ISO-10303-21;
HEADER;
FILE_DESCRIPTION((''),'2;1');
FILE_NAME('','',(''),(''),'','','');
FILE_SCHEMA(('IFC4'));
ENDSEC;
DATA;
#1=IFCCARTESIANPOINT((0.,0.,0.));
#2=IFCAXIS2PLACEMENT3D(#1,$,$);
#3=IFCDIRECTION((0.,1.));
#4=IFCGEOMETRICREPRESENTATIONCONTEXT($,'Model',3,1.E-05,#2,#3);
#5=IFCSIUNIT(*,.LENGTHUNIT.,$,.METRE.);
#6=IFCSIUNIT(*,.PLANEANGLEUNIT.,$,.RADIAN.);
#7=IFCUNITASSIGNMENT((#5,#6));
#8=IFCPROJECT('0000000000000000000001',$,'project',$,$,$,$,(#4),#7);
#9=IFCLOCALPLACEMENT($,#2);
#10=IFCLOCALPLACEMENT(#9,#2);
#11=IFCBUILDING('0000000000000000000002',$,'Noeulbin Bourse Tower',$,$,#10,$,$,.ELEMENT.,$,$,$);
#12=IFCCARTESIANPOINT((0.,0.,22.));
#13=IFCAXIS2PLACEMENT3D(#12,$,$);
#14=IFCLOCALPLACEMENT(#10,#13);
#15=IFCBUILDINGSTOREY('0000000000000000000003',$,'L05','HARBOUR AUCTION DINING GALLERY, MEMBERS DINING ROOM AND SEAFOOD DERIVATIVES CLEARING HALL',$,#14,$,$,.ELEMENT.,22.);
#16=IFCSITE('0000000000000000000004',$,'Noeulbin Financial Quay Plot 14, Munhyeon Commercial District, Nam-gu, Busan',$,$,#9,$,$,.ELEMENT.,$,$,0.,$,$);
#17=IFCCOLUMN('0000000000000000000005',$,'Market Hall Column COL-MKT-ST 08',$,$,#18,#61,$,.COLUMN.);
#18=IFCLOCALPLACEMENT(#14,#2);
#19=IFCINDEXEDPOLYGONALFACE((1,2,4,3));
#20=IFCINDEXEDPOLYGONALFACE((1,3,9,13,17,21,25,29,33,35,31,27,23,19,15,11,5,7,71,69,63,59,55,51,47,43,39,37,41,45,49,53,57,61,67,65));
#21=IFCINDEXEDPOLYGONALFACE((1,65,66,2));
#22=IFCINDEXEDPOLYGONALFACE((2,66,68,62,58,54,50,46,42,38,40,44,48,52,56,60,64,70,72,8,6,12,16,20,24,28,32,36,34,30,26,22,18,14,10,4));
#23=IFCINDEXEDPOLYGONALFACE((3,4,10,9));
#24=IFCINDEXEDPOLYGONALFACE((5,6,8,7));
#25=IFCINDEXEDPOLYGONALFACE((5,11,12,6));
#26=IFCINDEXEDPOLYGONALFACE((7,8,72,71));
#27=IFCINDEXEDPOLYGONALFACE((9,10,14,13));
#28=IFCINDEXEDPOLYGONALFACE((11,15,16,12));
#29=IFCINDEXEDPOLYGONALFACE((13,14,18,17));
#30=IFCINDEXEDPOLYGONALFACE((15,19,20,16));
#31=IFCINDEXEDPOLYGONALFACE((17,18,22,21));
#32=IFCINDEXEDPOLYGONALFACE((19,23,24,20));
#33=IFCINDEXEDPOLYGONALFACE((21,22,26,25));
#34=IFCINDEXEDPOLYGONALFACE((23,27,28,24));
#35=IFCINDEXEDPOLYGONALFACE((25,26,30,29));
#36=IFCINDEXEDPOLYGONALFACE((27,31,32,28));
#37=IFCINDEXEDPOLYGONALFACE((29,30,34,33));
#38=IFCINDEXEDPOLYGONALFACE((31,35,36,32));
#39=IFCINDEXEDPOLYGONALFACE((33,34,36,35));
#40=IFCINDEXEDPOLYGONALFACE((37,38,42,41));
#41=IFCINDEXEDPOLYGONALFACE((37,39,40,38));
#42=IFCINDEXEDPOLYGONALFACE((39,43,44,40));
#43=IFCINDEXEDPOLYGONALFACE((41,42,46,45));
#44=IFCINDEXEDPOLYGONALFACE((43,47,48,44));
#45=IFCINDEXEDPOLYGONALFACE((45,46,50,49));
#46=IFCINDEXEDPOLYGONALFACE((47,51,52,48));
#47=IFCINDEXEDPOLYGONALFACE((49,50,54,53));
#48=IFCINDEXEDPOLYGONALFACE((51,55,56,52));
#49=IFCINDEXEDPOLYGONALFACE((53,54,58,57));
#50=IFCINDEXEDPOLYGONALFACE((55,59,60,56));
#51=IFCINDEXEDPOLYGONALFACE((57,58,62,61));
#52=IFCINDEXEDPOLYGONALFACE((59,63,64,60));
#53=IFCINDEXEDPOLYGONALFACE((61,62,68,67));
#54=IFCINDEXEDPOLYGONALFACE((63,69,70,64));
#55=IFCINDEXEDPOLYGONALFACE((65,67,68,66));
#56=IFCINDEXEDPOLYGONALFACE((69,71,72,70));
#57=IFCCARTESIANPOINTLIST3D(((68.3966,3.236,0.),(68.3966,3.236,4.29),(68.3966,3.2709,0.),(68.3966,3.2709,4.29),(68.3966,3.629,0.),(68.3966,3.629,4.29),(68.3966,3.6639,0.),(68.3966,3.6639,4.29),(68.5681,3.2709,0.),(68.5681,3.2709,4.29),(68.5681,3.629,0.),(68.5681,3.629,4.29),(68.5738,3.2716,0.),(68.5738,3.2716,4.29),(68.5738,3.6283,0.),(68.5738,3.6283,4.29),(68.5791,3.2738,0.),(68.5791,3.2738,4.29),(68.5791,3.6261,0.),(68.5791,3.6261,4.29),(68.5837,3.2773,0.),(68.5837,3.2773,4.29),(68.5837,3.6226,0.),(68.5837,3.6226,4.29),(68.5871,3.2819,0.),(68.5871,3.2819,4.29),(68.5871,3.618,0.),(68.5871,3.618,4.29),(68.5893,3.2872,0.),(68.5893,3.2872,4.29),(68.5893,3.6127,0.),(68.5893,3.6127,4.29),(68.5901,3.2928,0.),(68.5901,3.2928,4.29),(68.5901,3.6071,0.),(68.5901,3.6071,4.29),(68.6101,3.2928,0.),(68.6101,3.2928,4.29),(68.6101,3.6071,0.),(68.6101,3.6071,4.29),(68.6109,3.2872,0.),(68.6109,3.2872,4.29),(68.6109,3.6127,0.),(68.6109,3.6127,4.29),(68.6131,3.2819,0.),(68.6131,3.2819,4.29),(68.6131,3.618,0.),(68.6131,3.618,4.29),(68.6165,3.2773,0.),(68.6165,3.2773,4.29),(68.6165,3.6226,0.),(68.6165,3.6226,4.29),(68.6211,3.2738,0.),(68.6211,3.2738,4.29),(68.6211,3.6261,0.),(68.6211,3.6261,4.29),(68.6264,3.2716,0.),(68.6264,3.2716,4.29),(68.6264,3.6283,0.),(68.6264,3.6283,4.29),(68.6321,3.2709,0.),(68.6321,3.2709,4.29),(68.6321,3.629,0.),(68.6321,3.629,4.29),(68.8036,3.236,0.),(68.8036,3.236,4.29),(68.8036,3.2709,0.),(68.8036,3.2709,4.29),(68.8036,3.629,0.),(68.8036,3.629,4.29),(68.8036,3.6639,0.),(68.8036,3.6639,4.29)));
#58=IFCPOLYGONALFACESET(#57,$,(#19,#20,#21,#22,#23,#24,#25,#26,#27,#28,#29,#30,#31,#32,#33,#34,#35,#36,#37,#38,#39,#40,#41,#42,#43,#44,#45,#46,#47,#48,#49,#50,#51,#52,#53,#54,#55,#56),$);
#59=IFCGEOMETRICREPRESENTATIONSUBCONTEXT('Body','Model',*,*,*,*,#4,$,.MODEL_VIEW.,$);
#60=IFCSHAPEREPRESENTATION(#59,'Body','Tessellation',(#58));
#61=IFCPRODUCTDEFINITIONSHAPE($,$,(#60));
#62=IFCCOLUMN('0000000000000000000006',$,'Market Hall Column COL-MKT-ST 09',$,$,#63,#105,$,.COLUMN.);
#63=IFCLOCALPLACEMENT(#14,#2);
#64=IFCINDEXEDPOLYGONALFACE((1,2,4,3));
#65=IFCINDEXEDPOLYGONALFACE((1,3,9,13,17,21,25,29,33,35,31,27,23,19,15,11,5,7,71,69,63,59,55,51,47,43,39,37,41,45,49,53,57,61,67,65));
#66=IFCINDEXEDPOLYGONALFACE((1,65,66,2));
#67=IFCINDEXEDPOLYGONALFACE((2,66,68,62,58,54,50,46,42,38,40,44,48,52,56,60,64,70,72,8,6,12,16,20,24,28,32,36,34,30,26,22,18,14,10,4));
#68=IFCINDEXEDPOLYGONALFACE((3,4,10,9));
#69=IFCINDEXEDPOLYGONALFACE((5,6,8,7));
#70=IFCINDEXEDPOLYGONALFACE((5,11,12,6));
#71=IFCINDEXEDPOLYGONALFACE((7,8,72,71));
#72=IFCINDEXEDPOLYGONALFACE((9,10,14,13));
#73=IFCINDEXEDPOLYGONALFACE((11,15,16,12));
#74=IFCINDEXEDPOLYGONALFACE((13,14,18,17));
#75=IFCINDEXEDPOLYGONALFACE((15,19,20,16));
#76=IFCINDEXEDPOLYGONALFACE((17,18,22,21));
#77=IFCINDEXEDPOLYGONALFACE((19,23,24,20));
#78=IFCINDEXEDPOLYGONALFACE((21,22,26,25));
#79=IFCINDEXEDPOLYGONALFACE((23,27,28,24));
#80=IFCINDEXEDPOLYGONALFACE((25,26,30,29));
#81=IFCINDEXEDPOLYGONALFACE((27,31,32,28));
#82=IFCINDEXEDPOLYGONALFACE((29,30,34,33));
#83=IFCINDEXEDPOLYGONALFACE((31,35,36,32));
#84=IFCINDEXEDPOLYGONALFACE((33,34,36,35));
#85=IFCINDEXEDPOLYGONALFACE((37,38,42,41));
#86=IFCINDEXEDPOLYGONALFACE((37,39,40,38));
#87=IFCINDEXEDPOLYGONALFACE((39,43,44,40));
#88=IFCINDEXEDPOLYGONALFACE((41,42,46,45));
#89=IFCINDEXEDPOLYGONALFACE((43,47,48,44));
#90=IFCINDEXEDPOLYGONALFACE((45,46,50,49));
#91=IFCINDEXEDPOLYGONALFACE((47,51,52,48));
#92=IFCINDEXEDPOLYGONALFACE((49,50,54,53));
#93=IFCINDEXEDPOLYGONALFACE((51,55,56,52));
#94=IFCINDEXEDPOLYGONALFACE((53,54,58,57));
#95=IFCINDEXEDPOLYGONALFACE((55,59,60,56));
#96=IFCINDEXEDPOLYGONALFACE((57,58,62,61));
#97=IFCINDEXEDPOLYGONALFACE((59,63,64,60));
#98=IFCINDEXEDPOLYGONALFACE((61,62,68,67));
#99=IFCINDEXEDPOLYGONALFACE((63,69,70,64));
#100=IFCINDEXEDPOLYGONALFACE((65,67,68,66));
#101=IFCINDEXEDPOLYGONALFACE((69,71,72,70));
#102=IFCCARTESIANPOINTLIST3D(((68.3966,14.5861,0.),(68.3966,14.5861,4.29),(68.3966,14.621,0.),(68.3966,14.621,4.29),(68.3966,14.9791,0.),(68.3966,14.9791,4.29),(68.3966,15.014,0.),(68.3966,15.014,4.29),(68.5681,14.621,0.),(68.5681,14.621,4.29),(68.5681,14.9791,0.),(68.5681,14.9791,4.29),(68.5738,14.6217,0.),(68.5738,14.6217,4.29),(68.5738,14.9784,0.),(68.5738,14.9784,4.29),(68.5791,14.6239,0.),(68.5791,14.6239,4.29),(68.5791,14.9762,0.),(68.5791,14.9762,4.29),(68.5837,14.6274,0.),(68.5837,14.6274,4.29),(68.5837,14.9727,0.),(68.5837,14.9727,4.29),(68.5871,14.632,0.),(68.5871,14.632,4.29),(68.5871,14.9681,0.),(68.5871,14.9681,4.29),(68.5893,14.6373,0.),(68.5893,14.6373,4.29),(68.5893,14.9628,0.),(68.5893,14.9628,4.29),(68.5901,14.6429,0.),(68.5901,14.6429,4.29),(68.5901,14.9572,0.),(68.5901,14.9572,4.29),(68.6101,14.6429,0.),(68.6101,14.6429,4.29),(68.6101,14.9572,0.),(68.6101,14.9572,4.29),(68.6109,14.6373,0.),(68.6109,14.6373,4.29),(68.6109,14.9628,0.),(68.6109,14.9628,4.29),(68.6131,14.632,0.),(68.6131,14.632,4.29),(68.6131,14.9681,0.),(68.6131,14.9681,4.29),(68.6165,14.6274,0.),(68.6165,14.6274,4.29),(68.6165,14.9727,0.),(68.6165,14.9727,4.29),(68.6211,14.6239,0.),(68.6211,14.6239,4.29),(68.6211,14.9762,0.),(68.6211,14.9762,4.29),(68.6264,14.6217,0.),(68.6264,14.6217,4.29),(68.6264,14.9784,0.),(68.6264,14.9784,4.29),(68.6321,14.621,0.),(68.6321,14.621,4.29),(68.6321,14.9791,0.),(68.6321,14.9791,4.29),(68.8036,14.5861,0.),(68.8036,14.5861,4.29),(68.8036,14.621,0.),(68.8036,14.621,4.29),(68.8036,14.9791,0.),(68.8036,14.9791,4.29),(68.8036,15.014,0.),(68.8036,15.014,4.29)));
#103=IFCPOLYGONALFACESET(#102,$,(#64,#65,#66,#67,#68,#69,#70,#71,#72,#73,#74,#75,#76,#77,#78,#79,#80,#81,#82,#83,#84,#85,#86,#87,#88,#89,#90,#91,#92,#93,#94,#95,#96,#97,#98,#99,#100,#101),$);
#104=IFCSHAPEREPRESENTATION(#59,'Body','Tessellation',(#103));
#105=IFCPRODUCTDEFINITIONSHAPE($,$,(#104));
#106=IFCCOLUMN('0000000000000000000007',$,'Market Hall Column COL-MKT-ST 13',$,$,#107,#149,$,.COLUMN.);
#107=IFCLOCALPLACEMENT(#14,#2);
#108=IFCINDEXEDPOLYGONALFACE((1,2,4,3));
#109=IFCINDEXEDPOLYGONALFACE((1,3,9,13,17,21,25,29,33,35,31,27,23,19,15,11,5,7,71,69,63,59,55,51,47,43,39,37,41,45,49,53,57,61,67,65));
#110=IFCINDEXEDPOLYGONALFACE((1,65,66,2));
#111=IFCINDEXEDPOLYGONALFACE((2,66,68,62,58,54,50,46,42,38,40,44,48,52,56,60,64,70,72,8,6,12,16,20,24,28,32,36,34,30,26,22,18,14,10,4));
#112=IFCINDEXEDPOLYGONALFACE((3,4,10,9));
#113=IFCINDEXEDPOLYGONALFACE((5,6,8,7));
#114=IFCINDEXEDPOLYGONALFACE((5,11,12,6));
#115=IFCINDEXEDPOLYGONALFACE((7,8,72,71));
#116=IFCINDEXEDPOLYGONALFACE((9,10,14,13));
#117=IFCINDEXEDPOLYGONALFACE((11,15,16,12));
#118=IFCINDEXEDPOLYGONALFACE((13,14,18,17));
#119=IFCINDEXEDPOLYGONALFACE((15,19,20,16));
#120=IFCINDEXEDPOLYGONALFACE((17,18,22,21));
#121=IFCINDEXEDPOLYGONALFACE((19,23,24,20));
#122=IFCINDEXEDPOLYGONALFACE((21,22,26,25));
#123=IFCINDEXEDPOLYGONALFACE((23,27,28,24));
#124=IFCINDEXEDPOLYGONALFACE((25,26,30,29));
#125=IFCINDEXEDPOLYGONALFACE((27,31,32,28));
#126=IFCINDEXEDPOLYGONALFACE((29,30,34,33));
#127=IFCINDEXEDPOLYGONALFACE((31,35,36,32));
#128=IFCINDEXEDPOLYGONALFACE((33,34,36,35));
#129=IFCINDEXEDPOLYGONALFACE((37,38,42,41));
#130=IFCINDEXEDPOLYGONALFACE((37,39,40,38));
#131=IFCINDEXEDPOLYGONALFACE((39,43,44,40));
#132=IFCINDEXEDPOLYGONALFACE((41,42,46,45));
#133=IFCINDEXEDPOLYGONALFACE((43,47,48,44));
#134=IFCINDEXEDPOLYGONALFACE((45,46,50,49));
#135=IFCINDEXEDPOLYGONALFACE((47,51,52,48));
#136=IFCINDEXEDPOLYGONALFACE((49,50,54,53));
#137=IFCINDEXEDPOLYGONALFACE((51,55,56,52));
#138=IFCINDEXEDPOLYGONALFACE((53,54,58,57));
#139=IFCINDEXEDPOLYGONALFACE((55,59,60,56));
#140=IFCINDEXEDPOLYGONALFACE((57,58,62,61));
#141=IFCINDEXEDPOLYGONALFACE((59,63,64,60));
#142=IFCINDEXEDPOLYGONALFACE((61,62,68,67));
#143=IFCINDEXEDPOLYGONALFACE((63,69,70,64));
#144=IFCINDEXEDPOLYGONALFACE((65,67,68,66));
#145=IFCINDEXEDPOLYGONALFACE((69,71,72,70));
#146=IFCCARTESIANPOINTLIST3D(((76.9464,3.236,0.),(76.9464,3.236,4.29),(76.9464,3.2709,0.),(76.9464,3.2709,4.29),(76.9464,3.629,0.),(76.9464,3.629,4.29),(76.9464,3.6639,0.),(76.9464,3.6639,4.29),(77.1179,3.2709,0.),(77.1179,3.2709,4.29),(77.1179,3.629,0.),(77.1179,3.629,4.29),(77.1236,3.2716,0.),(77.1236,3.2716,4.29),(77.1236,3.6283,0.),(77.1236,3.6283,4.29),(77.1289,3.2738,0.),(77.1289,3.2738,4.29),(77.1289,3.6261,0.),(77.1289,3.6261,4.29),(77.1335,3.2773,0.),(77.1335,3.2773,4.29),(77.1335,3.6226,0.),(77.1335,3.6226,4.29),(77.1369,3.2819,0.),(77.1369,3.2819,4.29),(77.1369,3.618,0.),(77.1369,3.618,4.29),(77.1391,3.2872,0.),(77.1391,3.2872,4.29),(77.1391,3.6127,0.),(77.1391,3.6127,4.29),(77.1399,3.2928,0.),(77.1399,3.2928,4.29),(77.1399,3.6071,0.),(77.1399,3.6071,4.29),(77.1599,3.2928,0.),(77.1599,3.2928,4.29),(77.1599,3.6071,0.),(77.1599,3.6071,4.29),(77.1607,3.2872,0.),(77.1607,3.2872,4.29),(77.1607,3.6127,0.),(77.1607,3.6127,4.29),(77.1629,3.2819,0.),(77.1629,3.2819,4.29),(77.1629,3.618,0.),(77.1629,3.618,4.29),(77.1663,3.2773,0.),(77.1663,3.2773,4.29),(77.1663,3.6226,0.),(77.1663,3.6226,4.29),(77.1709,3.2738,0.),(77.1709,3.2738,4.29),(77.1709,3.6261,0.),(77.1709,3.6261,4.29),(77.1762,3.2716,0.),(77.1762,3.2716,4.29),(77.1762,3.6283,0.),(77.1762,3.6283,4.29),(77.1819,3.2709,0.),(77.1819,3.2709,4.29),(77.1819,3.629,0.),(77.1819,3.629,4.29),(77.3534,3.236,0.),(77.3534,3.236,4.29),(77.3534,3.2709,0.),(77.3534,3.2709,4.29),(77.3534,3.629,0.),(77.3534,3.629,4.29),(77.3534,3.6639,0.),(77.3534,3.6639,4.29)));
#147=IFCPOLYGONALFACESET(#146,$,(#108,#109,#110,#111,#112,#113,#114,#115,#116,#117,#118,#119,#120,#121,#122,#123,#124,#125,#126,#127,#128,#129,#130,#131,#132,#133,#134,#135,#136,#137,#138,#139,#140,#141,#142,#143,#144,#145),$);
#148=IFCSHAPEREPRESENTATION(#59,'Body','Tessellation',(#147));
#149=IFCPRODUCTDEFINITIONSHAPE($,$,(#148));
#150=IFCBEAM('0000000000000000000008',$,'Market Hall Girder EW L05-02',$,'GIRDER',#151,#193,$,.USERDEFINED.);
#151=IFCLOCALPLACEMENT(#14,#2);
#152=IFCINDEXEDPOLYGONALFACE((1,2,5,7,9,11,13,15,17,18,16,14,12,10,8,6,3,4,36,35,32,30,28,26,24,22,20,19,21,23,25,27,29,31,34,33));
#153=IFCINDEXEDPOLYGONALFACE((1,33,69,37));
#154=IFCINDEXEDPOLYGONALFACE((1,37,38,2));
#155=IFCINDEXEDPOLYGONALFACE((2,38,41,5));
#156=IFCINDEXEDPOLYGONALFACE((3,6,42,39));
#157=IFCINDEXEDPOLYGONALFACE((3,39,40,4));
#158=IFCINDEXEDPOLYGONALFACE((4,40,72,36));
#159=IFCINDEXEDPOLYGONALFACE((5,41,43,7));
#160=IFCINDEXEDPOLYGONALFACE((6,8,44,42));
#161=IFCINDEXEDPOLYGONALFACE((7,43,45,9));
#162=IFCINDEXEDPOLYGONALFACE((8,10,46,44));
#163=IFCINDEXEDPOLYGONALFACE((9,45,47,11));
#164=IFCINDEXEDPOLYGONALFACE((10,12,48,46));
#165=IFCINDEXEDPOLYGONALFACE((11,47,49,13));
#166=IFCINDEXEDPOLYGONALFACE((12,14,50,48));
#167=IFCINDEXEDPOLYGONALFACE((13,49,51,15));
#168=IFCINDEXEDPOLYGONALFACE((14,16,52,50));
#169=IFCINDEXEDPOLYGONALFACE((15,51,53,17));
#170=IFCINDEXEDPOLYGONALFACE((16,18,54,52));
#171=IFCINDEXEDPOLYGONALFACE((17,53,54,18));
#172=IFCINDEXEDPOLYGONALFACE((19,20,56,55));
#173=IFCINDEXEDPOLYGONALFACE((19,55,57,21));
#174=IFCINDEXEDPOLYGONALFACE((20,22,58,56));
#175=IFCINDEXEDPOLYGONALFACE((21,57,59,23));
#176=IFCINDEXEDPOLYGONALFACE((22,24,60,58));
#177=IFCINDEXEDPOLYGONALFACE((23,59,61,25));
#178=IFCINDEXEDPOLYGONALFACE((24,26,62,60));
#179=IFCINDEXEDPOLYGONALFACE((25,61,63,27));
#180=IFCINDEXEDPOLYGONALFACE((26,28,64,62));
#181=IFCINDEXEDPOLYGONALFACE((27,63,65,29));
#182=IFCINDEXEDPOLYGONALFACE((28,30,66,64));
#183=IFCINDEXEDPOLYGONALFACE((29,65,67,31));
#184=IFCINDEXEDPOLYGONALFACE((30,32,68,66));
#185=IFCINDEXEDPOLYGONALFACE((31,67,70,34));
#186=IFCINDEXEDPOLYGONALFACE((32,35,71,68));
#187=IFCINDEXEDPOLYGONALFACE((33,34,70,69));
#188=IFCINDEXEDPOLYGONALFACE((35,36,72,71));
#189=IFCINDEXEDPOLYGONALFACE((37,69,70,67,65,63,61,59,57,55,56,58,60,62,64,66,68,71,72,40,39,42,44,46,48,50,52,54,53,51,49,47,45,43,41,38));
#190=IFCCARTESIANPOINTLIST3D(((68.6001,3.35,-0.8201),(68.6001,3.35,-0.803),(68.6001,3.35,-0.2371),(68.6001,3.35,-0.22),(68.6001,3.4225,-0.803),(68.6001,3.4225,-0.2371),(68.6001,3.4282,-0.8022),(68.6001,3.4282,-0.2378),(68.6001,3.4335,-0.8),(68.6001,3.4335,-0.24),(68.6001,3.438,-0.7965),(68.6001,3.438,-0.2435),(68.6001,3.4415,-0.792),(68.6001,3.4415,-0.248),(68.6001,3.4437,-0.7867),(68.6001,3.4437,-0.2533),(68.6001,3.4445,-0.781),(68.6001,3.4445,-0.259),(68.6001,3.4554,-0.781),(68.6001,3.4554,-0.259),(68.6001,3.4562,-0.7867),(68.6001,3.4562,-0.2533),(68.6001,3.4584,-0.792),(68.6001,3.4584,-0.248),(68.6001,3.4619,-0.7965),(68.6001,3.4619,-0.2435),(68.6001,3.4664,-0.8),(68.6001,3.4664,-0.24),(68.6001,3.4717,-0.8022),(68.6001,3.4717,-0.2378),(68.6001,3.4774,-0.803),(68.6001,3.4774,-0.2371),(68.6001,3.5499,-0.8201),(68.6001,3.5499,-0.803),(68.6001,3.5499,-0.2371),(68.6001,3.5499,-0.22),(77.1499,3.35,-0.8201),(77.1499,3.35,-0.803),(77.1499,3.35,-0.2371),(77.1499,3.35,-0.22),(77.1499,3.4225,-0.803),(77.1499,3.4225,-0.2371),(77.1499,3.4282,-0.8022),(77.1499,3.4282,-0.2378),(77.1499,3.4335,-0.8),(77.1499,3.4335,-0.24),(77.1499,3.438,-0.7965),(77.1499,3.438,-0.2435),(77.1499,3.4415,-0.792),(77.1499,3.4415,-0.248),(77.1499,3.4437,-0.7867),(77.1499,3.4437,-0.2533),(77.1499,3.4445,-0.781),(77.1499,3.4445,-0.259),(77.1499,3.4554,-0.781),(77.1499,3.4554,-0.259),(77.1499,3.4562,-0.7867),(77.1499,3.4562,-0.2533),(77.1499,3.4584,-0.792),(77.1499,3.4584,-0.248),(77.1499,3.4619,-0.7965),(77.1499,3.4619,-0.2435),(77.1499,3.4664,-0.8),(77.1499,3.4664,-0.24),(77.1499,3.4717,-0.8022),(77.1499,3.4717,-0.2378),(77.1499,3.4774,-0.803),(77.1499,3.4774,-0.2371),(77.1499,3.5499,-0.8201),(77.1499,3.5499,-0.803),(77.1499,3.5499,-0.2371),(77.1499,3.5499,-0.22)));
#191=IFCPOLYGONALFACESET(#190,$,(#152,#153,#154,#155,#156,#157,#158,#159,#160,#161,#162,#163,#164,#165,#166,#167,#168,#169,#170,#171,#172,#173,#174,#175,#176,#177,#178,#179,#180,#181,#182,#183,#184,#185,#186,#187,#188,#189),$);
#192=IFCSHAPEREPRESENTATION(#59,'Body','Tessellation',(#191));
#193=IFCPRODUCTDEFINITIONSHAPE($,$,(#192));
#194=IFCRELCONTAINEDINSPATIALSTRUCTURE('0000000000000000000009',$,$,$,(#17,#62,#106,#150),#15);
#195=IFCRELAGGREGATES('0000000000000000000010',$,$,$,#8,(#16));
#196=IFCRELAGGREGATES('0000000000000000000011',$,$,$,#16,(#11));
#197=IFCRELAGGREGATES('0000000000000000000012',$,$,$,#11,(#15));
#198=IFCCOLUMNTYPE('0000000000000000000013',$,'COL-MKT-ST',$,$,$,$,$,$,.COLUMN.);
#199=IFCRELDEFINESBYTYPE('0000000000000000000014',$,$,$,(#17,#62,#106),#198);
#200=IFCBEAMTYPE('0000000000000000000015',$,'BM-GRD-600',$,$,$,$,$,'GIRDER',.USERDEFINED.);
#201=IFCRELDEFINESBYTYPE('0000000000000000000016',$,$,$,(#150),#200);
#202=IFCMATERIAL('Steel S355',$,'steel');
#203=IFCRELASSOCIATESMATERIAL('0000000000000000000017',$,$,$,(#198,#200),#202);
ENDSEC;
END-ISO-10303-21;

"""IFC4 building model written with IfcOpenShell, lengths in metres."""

from ifc_helpers import new_model, si_unit, direction, frame, origin, origin_2d, place, context, subcontext, project, spatial, i_section, extrude, material, material_profile, profile_set, type_object, element, save


model = new_model("IFC4")

# Units and contexts
model_context = context("Model", 3, precision=1e-05, world=origin(), true_north=direction((0.0, 1.0)))
body_context = subcontext(model_context, "Body", "Model", "MODEL_VIEW")
ifc_project = project(units=[si_unit("LENGTHUNIT", "METRE"), si_unit("PLANEANGLEUNIT", "RADIAN")], contexts=[model_context])

# Site, building, storey
site_placement = place(None, origin())
site = spatial("IfcSite", under=ifc_project, at=site_placement, Name="Noeulbin Financial Quay Plot 14, Munhyeon Commercial District, Nam-gu, Busan", CompositionType="ELEMENT", RefElevation=0.0)
building_placement = place(site_placement, origin())
building = spatial("IfcBuilding", under=site, at=building_placement, Name="Noeulbin Bourse Tower", CompositionType="ELEMENT")
storey_placement = place(building_placement, frame((0.0, 0.0, 22.0)))
storey = spatial("IfcBuildingStorey", under=building, at=storey_placement, Name="L05", Description="HARBOUR AUCTION DINING GALLERY, MEMBERS DINING ROOM AND SEAFOOD DERIVATIVES CLEARING HALL", CompositionType="ELEMENT", Elevation=22.0)

# Columns
ifc_material_1 = material(Name="Steel S355", Category="steel")
ifc_material_profile_1 = material_profile(ifc_material_1, i_section(OverallWidth=0.407, OverallDepth=0.428, WebThickness=0.02, FlangeThickness=0.0349, FilletRadius=0.022, at=origin_2d()), Name="H-428x407x20x35", Category="LoadBearing")
ifc_profile_set_1 = profile_set([ifc_material_profile_1], Name="Steel S355")
column_type = type_object("IfcColumnType", Name="COL-MKT-ST", PredefinedType="COLUMN", material=ifc_profile_set_1)
for number, where, z_axis, x_axis, name in (
    (1, (68.6001, 3.45, 0.0), (0.0, 0.0, 1.0), (1.0, 0.0, 0.0), "Market Hall Column COL-MKT-ST 08"),
    (2, (68.6001, 14.8, 0.0), (0.0, 0.0, 1.0), (1.0, 0.0, 0.0), "Market Hall Column COL-MKT-ST 09"),
    (3, (77.1499, 3.45, 0.0), (0.0, 0.0, 1.0), (1.0, 0.0, 0.0), "Market Hall Column COL-MKT-ST 13"),
):
    element("IfcColumn", number, at=place(storey_placement, frame(where, z_axis=z_axis, x_axis=x_axis)), inside=storey, type_object=column_type, Name=name, PredefinedType="COLUMN", context=body_context, shape_type="SweptSolid", body=[
        extrude(i_section(OverallWidth=0.407, OverallDepth=0.428, WebThickness=0.02, FlangeThickness=0.0349, FilletRadius=0.022, at=origin_2d()), origin(), (0.0, 0.0, 1.0), 4.29),
    ])

# Beam
ifc_material_profile_2 = material_profile(ifc_material_1, i_section(OverallWidth=0.2, OverallDepth=0.6001, WebThickness=0.011, FlangeThickness=0.0171, FilletRadius=0.022, at=origin_2d()), Name="H-600x200x11x17", Category="LoadBearing")
ifc_profile_set_2 = profile_set([ifc_material_profile_2], Name="Steel S355")
beam_type_1 = type_object("IfcBeamType", Name="BM-GRD-600", ElementType="GIRDER", PredefinedType="USERDEFINED", material=ifc_profile_set_2)
for number, where, z_axis, x_axis, name in (
    (4, (68.6001, 3.45, -0.52), (1.0, 0.0, 0.0), (0.0, 1.0, 0.0), "Market Hall Girder EW L05-02"),
):
    element("IfcBeam", number, at=place(storey_placement, frame(where, z_axis=z_axis, x_axis=x_axis)), inside=storey, type_object=beam_type_1, Name=name, ObjectType="GIRDER", PredefinedType="USERDEFINED", context=body_context, shape_type="SweptSolid", body=[
        extrude(i_section(OverallWidth=0.2, OverallDepth=0.6001, WebThickness=0.011, FlangeThickness=0.0171, FilletRadius=0.022, at=origin_2d()), origin(), (0.0, 0.0, 1.0), 8.5498),
    ])

save(model, "model.ifc")
